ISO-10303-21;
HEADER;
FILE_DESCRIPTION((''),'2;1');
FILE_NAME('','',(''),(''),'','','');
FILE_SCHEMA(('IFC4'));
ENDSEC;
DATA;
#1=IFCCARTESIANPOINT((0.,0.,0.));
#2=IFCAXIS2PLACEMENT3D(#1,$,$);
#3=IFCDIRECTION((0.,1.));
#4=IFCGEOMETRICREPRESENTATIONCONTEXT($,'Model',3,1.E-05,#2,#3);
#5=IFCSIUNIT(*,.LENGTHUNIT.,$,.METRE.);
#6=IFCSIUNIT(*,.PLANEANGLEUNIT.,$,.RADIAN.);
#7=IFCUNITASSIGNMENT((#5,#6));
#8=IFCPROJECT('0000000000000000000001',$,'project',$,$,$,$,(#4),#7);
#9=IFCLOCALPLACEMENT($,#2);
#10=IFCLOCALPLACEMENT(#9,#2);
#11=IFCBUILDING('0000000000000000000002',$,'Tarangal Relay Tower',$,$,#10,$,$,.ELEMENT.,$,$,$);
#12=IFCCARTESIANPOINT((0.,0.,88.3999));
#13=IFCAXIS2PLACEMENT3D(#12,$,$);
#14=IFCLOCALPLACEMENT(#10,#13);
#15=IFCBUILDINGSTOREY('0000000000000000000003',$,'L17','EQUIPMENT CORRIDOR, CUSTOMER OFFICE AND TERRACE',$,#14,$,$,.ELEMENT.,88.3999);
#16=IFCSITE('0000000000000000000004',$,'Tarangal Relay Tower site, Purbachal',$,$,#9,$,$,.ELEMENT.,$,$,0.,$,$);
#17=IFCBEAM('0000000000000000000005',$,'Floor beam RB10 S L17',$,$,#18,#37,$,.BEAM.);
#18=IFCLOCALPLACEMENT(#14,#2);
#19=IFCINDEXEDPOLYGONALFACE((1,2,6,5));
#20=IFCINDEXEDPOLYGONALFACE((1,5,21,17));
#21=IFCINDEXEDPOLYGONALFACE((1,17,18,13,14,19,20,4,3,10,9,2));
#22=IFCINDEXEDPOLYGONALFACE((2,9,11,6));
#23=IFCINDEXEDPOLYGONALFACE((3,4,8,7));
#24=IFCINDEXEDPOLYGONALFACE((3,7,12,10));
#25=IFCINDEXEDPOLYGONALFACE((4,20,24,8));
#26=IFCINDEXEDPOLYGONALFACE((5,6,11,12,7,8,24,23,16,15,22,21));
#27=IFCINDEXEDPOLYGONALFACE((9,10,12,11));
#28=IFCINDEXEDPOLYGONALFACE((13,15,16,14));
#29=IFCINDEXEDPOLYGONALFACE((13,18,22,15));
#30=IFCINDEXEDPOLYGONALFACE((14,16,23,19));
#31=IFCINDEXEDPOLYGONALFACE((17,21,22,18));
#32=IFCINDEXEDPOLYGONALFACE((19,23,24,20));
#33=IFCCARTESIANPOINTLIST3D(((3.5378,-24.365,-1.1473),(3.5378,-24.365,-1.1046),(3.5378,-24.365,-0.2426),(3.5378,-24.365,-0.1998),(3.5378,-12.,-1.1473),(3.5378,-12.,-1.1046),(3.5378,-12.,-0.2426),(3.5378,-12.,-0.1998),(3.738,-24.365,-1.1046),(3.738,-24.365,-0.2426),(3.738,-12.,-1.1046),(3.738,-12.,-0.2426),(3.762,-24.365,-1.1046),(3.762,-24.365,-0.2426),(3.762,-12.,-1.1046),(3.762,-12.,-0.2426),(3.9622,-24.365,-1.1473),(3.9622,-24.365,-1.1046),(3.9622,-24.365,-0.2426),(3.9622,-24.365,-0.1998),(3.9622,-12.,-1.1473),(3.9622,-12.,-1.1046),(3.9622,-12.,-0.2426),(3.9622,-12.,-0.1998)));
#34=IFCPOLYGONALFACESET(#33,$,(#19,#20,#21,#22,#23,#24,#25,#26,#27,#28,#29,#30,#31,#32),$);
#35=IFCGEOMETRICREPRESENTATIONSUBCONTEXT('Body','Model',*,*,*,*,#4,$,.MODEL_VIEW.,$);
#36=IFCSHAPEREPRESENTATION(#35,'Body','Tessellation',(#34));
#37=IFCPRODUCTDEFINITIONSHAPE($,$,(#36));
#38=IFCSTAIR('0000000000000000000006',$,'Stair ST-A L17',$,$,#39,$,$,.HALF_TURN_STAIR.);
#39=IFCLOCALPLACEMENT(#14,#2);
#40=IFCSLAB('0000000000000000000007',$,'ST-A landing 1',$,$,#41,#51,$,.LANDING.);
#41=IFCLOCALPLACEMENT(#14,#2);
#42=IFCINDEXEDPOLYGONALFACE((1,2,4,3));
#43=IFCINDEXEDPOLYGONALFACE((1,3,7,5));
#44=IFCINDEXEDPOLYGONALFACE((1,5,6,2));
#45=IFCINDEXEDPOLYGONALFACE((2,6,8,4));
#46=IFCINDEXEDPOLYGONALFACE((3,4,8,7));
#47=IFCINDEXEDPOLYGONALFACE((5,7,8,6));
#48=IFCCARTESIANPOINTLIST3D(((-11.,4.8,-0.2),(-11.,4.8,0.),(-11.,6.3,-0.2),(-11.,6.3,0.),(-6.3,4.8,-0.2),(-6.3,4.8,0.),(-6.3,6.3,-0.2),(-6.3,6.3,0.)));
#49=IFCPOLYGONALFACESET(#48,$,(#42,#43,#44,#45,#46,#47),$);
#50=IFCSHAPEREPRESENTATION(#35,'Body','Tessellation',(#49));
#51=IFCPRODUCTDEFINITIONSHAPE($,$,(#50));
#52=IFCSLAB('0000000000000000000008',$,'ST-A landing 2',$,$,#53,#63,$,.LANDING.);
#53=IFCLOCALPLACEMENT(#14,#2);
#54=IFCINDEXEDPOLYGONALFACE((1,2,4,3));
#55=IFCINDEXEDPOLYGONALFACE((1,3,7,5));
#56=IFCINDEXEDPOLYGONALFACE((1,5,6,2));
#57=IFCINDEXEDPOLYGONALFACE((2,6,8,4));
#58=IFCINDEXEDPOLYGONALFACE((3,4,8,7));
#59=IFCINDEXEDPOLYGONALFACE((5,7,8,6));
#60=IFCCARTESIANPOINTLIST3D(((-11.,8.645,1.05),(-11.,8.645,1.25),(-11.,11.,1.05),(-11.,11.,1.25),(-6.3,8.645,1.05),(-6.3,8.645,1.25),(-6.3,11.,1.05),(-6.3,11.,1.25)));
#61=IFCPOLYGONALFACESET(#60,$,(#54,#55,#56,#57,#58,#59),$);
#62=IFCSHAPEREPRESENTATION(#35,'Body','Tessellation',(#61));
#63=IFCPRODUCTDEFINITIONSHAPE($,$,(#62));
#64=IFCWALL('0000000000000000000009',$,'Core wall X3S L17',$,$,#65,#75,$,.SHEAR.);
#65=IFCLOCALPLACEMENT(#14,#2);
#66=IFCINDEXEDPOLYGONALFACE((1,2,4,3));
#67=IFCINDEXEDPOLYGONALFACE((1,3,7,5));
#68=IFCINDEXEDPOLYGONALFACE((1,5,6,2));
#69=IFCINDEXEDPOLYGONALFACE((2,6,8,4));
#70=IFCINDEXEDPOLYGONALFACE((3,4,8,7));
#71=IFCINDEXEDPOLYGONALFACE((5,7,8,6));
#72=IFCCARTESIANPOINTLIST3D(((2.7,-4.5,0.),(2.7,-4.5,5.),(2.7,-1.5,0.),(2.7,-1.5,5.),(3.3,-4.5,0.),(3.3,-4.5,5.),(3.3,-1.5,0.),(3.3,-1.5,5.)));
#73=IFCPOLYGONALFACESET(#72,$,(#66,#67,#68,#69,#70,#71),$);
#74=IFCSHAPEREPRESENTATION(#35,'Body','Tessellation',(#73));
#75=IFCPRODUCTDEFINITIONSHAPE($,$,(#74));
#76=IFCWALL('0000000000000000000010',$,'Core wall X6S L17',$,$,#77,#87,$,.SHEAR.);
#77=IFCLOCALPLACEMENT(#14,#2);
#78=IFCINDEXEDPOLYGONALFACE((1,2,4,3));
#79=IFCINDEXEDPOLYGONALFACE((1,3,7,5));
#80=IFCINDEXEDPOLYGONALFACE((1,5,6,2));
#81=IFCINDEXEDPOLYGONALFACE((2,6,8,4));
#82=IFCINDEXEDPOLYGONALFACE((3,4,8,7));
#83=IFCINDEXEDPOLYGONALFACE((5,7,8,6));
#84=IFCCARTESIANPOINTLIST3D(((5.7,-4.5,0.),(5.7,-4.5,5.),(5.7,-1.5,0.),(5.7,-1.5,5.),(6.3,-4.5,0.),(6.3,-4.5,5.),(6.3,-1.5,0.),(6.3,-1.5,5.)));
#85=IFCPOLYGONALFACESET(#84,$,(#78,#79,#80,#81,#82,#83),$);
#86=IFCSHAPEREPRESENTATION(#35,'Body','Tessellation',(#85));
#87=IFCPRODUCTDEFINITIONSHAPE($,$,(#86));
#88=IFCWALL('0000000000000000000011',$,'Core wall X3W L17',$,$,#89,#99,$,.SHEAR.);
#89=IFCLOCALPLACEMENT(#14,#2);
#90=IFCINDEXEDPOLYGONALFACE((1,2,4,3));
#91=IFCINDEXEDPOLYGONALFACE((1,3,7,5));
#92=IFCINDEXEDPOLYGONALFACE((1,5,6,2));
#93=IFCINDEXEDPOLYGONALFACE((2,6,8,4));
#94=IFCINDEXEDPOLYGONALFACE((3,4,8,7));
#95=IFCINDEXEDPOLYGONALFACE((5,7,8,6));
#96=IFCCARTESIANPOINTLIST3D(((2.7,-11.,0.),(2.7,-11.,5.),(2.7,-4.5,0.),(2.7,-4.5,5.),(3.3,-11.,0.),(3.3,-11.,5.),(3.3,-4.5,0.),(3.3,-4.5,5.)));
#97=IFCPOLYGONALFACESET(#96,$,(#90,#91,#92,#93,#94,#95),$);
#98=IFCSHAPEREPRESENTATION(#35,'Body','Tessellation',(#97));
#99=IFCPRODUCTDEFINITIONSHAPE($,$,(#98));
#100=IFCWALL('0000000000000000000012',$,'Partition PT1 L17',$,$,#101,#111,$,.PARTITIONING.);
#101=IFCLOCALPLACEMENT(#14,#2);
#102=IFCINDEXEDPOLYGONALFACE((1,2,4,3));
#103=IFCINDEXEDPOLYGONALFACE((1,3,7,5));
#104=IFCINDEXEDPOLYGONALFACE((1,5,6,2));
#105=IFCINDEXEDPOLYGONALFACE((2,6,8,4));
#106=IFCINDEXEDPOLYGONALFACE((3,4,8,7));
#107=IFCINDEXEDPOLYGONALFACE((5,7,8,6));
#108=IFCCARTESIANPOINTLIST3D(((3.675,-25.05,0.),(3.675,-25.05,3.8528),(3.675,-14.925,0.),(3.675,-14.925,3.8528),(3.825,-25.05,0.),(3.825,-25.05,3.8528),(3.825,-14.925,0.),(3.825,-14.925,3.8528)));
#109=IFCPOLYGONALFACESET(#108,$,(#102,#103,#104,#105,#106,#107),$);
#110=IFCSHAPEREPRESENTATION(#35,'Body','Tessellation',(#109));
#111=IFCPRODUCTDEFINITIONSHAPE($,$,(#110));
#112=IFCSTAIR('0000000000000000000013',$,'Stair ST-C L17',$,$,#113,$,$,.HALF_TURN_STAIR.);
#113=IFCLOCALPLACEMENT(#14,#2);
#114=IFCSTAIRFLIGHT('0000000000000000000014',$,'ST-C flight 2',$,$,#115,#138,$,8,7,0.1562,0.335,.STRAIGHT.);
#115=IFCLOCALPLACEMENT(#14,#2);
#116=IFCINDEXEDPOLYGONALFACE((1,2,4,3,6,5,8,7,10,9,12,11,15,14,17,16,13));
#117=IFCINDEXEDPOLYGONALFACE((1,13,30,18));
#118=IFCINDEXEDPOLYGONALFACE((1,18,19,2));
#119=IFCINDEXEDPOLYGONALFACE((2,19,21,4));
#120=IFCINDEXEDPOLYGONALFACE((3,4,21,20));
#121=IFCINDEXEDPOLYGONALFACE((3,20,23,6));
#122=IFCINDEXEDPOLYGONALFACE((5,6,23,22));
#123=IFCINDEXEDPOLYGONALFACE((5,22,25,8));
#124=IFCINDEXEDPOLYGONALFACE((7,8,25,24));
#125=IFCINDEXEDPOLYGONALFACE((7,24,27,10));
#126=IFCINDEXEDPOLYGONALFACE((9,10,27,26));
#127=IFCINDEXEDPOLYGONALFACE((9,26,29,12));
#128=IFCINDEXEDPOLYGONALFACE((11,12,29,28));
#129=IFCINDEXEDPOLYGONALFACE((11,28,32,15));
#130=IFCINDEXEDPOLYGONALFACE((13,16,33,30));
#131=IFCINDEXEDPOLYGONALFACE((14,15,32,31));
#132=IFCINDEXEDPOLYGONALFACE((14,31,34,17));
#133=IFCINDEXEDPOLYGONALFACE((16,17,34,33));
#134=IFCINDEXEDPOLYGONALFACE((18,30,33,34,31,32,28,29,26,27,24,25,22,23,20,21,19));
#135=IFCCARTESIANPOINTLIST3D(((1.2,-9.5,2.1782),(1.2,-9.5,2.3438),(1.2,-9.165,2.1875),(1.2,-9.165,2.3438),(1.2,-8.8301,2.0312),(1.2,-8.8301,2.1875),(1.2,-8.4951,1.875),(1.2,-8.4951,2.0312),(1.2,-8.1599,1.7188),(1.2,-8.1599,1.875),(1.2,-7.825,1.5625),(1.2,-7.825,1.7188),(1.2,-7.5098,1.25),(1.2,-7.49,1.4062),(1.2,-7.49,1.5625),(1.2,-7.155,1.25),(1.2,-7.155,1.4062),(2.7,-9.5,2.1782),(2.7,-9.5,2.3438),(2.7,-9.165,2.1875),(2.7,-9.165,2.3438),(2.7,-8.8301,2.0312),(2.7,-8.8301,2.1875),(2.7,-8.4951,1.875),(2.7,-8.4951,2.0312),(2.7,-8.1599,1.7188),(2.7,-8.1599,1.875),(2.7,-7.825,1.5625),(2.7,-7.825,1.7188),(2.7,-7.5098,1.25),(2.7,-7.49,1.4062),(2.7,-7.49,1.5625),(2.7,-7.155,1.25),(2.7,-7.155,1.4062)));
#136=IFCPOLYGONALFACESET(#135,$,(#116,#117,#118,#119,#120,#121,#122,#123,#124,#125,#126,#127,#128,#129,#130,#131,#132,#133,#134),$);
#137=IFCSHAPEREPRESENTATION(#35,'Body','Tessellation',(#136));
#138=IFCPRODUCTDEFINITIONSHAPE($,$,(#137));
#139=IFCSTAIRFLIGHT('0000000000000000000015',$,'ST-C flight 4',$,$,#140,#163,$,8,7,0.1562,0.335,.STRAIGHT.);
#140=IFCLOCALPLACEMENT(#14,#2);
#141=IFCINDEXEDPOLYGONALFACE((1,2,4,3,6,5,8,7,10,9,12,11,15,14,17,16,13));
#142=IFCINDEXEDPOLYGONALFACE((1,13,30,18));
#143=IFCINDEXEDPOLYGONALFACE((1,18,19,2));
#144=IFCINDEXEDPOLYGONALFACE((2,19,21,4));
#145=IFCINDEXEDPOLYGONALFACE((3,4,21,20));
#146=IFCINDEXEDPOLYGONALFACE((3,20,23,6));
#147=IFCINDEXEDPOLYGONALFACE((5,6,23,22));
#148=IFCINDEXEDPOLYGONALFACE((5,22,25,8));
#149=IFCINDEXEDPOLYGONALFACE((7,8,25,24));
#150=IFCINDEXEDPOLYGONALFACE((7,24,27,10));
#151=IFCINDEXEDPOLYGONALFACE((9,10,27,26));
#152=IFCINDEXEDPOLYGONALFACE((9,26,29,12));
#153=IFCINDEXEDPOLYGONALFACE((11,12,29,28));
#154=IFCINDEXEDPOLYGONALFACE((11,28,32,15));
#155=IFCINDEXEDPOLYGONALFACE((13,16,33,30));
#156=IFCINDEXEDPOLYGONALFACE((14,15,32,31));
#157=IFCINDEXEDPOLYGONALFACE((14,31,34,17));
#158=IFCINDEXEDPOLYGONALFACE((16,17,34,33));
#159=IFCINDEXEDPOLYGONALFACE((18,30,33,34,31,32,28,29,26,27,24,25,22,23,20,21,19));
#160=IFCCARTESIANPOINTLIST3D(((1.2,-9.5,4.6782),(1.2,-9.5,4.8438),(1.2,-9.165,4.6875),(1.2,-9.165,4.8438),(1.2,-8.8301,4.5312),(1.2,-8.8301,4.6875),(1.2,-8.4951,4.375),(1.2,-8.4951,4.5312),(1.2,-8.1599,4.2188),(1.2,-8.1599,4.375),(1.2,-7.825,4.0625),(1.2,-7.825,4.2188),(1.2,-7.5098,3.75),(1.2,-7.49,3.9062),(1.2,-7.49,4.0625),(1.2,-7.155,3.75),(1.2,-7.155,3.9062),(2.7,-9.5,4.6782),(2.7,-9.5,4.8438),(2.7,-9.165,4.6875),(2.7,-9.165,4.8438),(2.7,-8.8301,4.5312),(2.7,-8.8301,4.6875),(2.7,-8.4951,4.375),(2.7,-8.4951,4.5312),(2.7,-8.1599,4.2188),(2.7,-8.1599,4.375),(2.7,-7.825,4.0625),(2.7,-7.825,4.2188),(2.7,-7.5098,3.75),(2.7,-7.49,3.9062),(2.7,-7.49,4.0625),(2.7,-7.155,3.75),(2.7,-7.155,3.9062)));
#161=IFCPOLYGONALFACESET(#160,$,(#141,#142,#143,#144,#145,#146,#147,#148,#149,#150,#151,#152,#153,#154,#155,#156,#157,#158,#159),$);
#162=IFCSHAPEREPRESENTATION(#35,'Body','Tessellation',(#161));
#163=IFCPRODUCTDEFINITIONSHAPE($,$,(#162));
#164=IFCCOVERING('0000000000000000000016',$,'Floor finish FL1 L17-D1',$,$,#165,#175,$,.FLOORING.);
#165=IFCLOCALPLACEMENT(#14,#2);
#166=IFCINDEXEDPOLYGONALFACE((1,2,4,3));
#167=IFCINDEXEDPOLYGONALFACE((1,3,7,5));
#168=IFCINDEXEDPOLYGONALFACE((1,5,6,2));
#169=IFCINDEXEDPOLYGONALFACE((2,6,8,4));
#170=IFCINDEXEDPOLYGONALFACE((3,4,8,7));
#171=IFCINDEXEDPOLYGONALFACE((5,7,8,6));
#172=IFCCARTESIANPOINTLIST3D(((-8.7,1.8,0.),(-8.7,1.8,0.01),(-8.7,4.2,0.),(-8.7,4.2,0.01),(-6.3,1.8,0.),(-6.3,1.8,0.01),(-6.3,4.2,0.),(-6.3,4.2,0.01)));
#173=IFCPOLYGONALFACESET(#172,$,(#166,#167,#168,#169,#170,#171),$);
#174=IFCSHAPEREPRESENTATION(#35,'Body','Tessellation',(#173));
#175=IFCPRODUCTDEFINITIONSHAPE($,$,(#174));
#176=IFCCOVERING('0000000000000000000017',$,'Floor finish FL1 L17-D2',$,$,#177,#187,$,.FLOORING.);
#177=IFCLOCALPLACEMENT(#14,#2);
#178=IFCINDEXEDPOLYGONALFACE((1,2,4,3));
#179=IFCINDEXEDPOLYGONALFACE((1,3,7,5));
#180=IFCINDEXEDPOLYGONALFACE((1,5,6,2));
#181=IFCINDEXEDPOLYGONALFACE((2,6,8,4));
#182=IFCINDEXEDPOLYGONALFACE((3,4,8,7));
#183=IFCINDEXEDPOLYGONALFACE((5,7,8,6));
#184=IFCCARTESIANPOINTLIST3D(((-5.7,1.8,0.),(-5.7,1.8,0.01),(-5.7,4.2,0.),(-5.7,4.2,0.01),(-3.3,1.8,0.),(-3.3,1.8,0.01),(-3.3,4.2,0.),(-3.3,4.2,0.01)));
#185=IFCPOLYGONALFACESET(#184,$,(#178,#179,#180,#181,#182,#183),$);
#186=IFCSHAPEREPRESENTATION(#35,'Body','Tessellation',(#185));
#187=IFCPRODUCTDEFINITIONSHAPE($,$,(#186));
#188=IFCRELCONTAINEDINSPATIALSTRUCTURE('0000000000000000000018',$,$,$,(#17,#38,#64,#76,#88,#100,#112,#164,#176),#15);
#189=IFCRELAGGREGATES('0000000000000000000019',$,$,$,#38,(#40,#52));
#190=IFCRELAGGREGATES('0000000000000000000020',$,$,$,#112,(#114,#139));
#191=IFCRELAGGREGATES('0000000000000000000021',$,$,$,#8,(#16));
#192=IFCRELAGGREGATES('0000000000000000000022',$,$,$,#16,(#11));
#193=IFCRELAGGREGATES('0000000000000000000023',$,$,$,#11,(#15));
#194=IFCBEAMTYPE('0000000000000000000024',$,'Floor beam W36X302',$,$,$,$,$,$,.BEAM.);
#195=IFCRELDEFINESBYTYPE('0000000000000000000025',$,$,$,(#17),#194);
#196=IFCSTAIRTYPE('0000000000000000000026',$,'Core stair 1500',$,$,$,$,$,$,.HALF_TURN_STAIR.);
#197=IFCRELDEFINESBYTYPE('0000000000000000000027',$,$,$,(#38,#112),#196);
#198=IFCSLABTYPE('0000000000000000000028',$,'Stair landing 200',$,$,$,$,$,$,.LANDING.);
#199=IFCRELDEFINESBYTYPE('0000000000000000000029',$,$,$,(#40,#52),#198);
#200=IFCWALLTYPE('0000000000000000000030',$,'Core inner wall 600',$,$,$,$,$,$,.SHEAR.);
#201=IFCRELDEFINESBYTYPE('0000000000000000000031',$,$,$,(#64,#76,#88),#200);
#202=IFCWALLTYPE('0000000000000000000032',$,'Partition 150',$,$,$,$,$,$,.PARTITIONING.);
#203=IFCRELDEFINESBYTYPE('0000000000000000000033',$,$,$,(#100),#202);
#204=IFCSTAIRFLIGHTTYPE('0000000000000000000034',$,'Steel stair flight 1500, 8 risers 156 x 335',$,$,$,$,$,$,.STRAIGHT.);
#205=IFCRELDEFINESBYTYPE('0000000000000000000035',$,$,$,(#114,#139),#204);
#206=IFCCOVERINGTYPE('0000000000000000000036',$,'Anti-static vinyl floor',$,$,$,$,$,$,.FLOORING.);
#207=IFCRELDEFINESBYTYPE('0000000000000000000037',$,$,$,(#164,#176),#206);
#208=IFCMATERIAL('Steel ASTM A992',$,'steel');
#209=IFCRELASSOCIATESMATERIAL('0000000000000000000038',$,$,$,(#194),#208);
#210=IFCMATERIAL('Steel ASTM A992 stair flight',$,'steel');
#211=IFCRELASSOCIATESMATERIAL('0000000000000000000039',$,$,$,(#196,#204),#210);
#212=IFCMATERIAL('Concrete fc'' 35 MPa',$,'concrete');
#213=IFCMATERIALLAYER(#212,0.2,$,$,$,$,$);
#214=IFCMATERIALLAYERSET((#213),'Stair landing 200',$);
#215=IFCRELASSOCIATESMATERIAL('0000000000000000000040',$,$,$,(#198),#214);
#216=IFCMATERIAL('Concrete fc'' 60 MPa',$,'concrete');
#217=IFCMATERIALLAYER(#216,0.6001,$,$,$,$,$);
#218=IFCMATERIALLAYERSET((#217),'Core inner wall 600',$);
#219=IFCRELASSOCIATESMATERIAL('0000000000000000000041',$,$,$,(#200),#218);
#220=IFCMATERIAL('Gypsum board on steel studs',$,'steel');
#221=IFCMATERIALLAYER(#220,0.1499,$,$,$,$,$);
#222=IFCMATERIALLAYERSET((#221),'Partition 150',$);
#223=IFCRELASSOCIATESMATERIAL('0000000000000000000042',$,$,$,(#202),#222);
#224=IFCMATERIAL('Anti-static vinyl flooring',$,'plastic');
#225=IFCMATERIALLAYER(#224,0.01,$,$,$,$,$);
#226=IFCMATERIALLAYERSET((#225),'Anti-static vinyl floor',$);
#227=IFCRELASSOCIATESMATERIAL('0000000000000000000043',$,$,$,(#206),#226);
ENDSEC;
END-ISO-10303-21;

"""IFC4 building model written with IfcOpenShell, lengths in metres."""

from ifc_helpers import new_model, si_unit, direction, frame, frame_2d, origin, origin_2d, place, context, subcontext, project, spatial, polyline, rectangle, i_section, outline, extrude, material, layer, layer_set, material_profile, profile_set, type_object, element, aggregate, save


model = new_model("IFC4")

# Units and contexts
model_context = context("Model", 3, precision=1e-05, world=origin(), true_north=direction((0.0, 1.0)))
body_context = subcontext(model_context, "Body", "Model", "MODEL_VIEW")
ifc_project = project(units=[si_unit("LENGTHUNIT", "METRE"), si_unit("PLANEANGLEUNIT", "RADIAN")], contexts=[model_context])

# Site, building, storey
site_placement = place(None, origin())
site = spatial("IfcSite", under=ifc_project, at=site_placement, Name="Tarangal Relay Tower site, Purbachal", CompositionType="ELEMENT", RefElevation=0.0)
building_placement = place(site_placement, origin())
building = spatial("IfcBuilding", under=site, at=building_placement, Name="Tarangal Relay Tower", CompositionType="ELEMENT")
storey_placement = place(building_placement, frame((0.0, 0.0, 88.3999)))
storey = spatial("IfcBuildingStorey", under=building, at=storey_placement, Name="L17", Description="EQUIPMENT CORRIDOR, CUSTOMER OFFICE AND TERRACE", CompositionType="ELEMENT", Elevation=88.3999)

# Beam
ifc_material_1 = material(Name="Steel ASTM A992", Category="steel")
ifc_material_profile = material_profile(ifc_material_1, i_section(OverallWidth=0.4243, OverallDepth=0.9475, WebThickness=0.0239, FlangeThickness=0.0427, at=origin_2d()), Name="W36X302")
ifc_profile_set = profile_set([ifc_material_profile], Name="Steel ASTM A992")
beam_type = type_object("IfcBeamType", Name="Floor beam W36X302", PredefinedType="BEAM", material=ifc_profile_set)
beam_placement = place(storey_placement, frame((3.75, -12.0, -0.6736), z_axis=(0.0, -1.0, 0.0), x_axis=(1.0, 0.0, 0.0)))
element("IfcBeam", 1, at=beam_placement, inside=storey, type_object=beam_type, Name="Floor beam RB10 S L17", PredefinedType="BEAM", context=body_context, shape_type="SweptSolid", body=[
    extrude(i_section(OverallWidth=0.4243, OverallDepth=0.9475, WebThickness=0.0239, FlangeThickness=0.0427, at=origin_2d()), origin(), (0.0, 0.0, 1.0), 12.365),
])

# Stair, slabs
ifc_material_2 = material(Name="Steel ASTM A992 stair flight", Category="steel")
stair_type = type_object("IfcStairType", Name="Core stair 1500", PredefinedType="HALF_TURN_STAIR", material=ifc_material_2)
stair_1_placement = place(storey_placement, origin())
stair_1 = element("IfcStair", 2, at=stair_1_placement, inside=storey, type_object=stair_type, Name="Stair ST-A L17", PredefinedType="HALF_TURN_STAIR")
ifc_material_3 = material(Name="Concrete fc' 35 MPa", Category="concrete")
ifc_layer_1 = layer(ifc_material_3, 0.2)
ifc_layer_set_1 = layer_set([ifc_layer_1], Name="Stair landing 200")
slab_type = type_object("IfcSlabType", Name="Stair landing 200", PredefinedType="LANDING", material=ifc_layer_set_1)
slab_1_placement = place(storey_placement, frame((0.0, 0.0, -0.2)))
slab_1 = element("IfcSlab", 3, at=slab_1_placement, type_object=slab_type, Name="ST-A landing 1", PredefinedType="LANDING", context=body_context, shape_type="SweptSolid", body=[
    extrude(outline(polyline([(-11.0, 4.8), (-6.3, 4.8), (-6.3, 6.3), (-11.0, 6.3), (-11.0, 4.8)])), origin(), (0.0, 0.0, 1.0), 0.2),
])
slab_2_placement = place(storey_placement, frame((0.0, 0.0, 1.05)))
slab_2 = element("IfcSlab", 4, at=slab_2_placement, type_object=slab_type, Name="ST-A landing 2", PredefinedType="LANDING", context=body_context, shape_type="SweptSolid", body=[
    extrude(outline(polyline([(-11.0, 8.645), (-6.3, 8.645), (-6.3, 11.0), (-11.0, 11.0), (-11.0, 8.645)])), origin(), (0.0, 0.0, 1.0), 0.2),
])
aggregate(stair_1, [slab_1, slab_2])

# Walls
ifc_material_4 = material(Name="Concrete fc' 60 MPa", Category="concrete")
ifc_layer_2 = layer(ifc_material_4, 0.6001)
ifc_layer_set_2 = layer_set([ifc_layer_2], Name="Core inner wall 600")
wall_type_1 = type_object("IfcWallType", Name="Core inner wall 600", PredefinedType="SHEAR", material=ifc_layer_set_2)
for number, where, z_axis, x_axis, name in (
    (5, (3.0, -4.5, 0.0), (0.0, 0.0, 1.0), (0.0, 1.0, 0.0), "Core wall X3S L17"),
    (6, (6.0, -4.5, 0.0), (0.0, 0.0, 1.0), (0.0, 1.0, 0.0), "Core wall X6S L17"),
):
    element("IfcWall", number, at=place(storey_placement, frame(where, z_axis=z_axis, x_axis=x_axis)), inside=storey, type_object=wall_type_1, Name=name, PredefinedType="SHEAR", context=body_context, shape_type="SweptSolid", body=[
        extrude(rectangle(XDim=3.0, YDim=0.6001, at=frame_2d((1.5, 0.0))), origin(), (0.0, 0.0, 1.0), 5.0),
    ])
wall_1_placement = place(storey_placement, frame((3.0, -11.0, 0.0), z_axis=(0.0, 0.0, 1.0), x_axis=(0.0, 1.0, 0.0)))
element("IfcWall", 7, at=wall_1_placement, inside=storey, type_object=wall_type_1, Name="Core wall X3W L17", PredefinedType="SHEAR", context=body_context, shape_type="SweptSolid", body=[
    extrude(rectangle(XDim=6.5, YDim=0.6001, at=frame_2d((3.25, 0.0))), origin(), (0.0, 0.0, 1.0), 5.0),
])
ifc_material_5 = material(Name="Gypsum board on steel studs", Category="steel")
ifc_layer_3 = layer(ifc_material_5, 0.1499)
ifc_layer_set_3 = layer_set([ifc_layer_3], Name="Partition 150")
wall_type_2 = type_object("IfcWallType", Name="Partition 150", PredefinedType="PARTITIONING", material=ifc_layer_set_3)
wall_2_placement = place(storey_placement, frame((3.75, -25.05, 0.0), z_axis=(0.0, 0.0, 1.0), x_axis=(0.0, 1.0, 0.0)))
element("IfcWall", 8, at=wall_2_placement, inside=storey, type_object=wall_type_2, Name="Partition PT1 L17", PredefinedType="PARTITIONING", context=body_context, shape_type="SweptSolid", body=[
    extrude(rectangle(XDim=10.125, YDim=0.1499, at=frame_2d((5.0625, 0.0))), origin(), (0.0, 0.0, 1.0), 3.8528),
])

# Stair, stair flights
stair_2_placement = place(storey_placement, origin())
stair_2 = element("IfcStair", 9, at=stair_2_placement, inside=storey, type_object=stair_type, Name="Stair ST-C L17", PredefinedType="HALF_TURN_STAIR")
stair_flight_type = type_object("IfcStairFlightType", Name="Steel stair flight 1500, 8 risers 156 x 335", PredefinedType="STRAIGHT", material=ifc_material_2)
stair_flight_1_placement = place(storey_placement, frame((1.95, -7.155, 1.25), z_axis=(0.0, 0.0, 1.0), x_axis=(0.0, -1.0, 0.0)))
stair_flight_1 = element("IfcStairFlight", 10, at=stair_flight_1_placement, type_object=stair_flight_type, Name="ST-C flight 2", NumberOfRisers=8, NumberOfTreads=7, PredefinedType="STRAIGHT", RiserHeight=0.1562, TreadLength=0.335, context=body_context, shape_type="SweptSolid", body=[
    extrude(outline(polyline([(0.0, 0.0), (0.0, 0.1562), (0.335, 0.1562), (0.335, 0.3125), (0.6699, 0.3125), (0.6699, 0.4688), (1.0049, 0.4688), (1.0049, 0.625), (1.3401, 0.625), (1.3401, 0.7812), (1.675, 0.7812), (1.675, 0.9375), (2.01, 0.9375), (2.01, 1.0938), (2.345, 1.0938), (2.345, 1.25), (2.345, 0.9282), (0.3547, 0.0), (0.0, 0.0)])), frame((0.0, 0.75, 0.0), z_axis=(0.0, -1.0, 0.0), x_axis=(1.0, 0.0, 0.0)), (0.0, 0.0, 1.0), 1.5),
])
stair_flight_2_placement = place(storey_placement, frame((1.95, -7.155, 3.75), z_axis=(0.0, 0.0, 1.0), x_axis=(0.0, -1.0, 0.0)))
stair_flight_2 = element("IfcStairFlight", 11, at=stair_flight_2_placement, type_object=stair_flight_type, Name="ST-C flight 4", NumberOfRisers=8, NumberOfTreads=7, PredefinedType="STRAIGHT", RiserHeight=0.1562, TreadLength=0.335, context=body_context, shape_type="SweptSolid", body=[
    extrude(outline(polyline([(0.0, 0.0), (0.0, 0.1562), (0.335, 0.1562), (0.335, 0.3125), (0.6699, 0.3125), (0.6699, 0.4688), (1.0049, 0.4688), (1.0049, 0.625), (1.3401, 0.625), (1.3401, 0.7812), (1.675, 0.7812), (1.675, 0.9375), (2.01, 0.9375), (2.01, 1.0938), (2.345, 1.0938), (2.345, 1.25), (2.345, 0.9282), (0.3547, 0.0), (0.0, 0.0)])), frame((0.0, 0.75, 0.0), z_axis=(0.0, -1.0, 0.0), x_axis=(1.0, 0.0, 0.0)), (0.0, 0.0, 1.0), 1.5),
])
aggregate(stair_2, [stair_flight_1, stair_flight_2])

# Coverings
ifc_material_6 = material(Name="Anti-static vinyl flooring", Category="plastic")
ifc_layer_4 = layer(ifc_material_6, 0.01)
ifc_layer_set_4 = layer_set([ifc_layer_4], Name="Anti-static vinyl floor")
covering_type_1 = type_object("IfcCoveringType", Name="Anti-static vinyl floor", PredefinedType="FLOORING", material=ifc_layer_set_4)
covering_1_placement = place(storey_placement, origin())
element("IfcCovering", 12, at=covering_1_placement, inside=storey, type_object=covering_type_1, Name="Floor finish FL1 L17-D1", PredefinedType="FLOORING", context=body_context, shape_type="SweptSolid", body=[
    extrude(outline(polyline([(-8.7, 1.8), (-6.3, 1.8), (-6.3, 4.2), (-8.7, 4.2), (-8.7, 1.8)])), origin(), (0.0, 0.0, 1.0), 0.01),
])
covering_2_placement = place(storey_placement, origin())
element("IfcCovering", 13, at=covering_2_placement, inside=storey, type_object=covering_type_1, Name="Floor finish FL1 L17-D2", PredefinedType="FLOORING", context=body_context, shape_type="SweptSolid", body=[
    extrude(outline(polyline([(-5.7, 1.8), (-3.3, 1.8), (-3.3, 4.2), (-5.7, 4.2), (-5.7, 1.8)])), origin(), (0.0, 0.0, 1.0), 0.01),
])

save(model, "model.ifc")
